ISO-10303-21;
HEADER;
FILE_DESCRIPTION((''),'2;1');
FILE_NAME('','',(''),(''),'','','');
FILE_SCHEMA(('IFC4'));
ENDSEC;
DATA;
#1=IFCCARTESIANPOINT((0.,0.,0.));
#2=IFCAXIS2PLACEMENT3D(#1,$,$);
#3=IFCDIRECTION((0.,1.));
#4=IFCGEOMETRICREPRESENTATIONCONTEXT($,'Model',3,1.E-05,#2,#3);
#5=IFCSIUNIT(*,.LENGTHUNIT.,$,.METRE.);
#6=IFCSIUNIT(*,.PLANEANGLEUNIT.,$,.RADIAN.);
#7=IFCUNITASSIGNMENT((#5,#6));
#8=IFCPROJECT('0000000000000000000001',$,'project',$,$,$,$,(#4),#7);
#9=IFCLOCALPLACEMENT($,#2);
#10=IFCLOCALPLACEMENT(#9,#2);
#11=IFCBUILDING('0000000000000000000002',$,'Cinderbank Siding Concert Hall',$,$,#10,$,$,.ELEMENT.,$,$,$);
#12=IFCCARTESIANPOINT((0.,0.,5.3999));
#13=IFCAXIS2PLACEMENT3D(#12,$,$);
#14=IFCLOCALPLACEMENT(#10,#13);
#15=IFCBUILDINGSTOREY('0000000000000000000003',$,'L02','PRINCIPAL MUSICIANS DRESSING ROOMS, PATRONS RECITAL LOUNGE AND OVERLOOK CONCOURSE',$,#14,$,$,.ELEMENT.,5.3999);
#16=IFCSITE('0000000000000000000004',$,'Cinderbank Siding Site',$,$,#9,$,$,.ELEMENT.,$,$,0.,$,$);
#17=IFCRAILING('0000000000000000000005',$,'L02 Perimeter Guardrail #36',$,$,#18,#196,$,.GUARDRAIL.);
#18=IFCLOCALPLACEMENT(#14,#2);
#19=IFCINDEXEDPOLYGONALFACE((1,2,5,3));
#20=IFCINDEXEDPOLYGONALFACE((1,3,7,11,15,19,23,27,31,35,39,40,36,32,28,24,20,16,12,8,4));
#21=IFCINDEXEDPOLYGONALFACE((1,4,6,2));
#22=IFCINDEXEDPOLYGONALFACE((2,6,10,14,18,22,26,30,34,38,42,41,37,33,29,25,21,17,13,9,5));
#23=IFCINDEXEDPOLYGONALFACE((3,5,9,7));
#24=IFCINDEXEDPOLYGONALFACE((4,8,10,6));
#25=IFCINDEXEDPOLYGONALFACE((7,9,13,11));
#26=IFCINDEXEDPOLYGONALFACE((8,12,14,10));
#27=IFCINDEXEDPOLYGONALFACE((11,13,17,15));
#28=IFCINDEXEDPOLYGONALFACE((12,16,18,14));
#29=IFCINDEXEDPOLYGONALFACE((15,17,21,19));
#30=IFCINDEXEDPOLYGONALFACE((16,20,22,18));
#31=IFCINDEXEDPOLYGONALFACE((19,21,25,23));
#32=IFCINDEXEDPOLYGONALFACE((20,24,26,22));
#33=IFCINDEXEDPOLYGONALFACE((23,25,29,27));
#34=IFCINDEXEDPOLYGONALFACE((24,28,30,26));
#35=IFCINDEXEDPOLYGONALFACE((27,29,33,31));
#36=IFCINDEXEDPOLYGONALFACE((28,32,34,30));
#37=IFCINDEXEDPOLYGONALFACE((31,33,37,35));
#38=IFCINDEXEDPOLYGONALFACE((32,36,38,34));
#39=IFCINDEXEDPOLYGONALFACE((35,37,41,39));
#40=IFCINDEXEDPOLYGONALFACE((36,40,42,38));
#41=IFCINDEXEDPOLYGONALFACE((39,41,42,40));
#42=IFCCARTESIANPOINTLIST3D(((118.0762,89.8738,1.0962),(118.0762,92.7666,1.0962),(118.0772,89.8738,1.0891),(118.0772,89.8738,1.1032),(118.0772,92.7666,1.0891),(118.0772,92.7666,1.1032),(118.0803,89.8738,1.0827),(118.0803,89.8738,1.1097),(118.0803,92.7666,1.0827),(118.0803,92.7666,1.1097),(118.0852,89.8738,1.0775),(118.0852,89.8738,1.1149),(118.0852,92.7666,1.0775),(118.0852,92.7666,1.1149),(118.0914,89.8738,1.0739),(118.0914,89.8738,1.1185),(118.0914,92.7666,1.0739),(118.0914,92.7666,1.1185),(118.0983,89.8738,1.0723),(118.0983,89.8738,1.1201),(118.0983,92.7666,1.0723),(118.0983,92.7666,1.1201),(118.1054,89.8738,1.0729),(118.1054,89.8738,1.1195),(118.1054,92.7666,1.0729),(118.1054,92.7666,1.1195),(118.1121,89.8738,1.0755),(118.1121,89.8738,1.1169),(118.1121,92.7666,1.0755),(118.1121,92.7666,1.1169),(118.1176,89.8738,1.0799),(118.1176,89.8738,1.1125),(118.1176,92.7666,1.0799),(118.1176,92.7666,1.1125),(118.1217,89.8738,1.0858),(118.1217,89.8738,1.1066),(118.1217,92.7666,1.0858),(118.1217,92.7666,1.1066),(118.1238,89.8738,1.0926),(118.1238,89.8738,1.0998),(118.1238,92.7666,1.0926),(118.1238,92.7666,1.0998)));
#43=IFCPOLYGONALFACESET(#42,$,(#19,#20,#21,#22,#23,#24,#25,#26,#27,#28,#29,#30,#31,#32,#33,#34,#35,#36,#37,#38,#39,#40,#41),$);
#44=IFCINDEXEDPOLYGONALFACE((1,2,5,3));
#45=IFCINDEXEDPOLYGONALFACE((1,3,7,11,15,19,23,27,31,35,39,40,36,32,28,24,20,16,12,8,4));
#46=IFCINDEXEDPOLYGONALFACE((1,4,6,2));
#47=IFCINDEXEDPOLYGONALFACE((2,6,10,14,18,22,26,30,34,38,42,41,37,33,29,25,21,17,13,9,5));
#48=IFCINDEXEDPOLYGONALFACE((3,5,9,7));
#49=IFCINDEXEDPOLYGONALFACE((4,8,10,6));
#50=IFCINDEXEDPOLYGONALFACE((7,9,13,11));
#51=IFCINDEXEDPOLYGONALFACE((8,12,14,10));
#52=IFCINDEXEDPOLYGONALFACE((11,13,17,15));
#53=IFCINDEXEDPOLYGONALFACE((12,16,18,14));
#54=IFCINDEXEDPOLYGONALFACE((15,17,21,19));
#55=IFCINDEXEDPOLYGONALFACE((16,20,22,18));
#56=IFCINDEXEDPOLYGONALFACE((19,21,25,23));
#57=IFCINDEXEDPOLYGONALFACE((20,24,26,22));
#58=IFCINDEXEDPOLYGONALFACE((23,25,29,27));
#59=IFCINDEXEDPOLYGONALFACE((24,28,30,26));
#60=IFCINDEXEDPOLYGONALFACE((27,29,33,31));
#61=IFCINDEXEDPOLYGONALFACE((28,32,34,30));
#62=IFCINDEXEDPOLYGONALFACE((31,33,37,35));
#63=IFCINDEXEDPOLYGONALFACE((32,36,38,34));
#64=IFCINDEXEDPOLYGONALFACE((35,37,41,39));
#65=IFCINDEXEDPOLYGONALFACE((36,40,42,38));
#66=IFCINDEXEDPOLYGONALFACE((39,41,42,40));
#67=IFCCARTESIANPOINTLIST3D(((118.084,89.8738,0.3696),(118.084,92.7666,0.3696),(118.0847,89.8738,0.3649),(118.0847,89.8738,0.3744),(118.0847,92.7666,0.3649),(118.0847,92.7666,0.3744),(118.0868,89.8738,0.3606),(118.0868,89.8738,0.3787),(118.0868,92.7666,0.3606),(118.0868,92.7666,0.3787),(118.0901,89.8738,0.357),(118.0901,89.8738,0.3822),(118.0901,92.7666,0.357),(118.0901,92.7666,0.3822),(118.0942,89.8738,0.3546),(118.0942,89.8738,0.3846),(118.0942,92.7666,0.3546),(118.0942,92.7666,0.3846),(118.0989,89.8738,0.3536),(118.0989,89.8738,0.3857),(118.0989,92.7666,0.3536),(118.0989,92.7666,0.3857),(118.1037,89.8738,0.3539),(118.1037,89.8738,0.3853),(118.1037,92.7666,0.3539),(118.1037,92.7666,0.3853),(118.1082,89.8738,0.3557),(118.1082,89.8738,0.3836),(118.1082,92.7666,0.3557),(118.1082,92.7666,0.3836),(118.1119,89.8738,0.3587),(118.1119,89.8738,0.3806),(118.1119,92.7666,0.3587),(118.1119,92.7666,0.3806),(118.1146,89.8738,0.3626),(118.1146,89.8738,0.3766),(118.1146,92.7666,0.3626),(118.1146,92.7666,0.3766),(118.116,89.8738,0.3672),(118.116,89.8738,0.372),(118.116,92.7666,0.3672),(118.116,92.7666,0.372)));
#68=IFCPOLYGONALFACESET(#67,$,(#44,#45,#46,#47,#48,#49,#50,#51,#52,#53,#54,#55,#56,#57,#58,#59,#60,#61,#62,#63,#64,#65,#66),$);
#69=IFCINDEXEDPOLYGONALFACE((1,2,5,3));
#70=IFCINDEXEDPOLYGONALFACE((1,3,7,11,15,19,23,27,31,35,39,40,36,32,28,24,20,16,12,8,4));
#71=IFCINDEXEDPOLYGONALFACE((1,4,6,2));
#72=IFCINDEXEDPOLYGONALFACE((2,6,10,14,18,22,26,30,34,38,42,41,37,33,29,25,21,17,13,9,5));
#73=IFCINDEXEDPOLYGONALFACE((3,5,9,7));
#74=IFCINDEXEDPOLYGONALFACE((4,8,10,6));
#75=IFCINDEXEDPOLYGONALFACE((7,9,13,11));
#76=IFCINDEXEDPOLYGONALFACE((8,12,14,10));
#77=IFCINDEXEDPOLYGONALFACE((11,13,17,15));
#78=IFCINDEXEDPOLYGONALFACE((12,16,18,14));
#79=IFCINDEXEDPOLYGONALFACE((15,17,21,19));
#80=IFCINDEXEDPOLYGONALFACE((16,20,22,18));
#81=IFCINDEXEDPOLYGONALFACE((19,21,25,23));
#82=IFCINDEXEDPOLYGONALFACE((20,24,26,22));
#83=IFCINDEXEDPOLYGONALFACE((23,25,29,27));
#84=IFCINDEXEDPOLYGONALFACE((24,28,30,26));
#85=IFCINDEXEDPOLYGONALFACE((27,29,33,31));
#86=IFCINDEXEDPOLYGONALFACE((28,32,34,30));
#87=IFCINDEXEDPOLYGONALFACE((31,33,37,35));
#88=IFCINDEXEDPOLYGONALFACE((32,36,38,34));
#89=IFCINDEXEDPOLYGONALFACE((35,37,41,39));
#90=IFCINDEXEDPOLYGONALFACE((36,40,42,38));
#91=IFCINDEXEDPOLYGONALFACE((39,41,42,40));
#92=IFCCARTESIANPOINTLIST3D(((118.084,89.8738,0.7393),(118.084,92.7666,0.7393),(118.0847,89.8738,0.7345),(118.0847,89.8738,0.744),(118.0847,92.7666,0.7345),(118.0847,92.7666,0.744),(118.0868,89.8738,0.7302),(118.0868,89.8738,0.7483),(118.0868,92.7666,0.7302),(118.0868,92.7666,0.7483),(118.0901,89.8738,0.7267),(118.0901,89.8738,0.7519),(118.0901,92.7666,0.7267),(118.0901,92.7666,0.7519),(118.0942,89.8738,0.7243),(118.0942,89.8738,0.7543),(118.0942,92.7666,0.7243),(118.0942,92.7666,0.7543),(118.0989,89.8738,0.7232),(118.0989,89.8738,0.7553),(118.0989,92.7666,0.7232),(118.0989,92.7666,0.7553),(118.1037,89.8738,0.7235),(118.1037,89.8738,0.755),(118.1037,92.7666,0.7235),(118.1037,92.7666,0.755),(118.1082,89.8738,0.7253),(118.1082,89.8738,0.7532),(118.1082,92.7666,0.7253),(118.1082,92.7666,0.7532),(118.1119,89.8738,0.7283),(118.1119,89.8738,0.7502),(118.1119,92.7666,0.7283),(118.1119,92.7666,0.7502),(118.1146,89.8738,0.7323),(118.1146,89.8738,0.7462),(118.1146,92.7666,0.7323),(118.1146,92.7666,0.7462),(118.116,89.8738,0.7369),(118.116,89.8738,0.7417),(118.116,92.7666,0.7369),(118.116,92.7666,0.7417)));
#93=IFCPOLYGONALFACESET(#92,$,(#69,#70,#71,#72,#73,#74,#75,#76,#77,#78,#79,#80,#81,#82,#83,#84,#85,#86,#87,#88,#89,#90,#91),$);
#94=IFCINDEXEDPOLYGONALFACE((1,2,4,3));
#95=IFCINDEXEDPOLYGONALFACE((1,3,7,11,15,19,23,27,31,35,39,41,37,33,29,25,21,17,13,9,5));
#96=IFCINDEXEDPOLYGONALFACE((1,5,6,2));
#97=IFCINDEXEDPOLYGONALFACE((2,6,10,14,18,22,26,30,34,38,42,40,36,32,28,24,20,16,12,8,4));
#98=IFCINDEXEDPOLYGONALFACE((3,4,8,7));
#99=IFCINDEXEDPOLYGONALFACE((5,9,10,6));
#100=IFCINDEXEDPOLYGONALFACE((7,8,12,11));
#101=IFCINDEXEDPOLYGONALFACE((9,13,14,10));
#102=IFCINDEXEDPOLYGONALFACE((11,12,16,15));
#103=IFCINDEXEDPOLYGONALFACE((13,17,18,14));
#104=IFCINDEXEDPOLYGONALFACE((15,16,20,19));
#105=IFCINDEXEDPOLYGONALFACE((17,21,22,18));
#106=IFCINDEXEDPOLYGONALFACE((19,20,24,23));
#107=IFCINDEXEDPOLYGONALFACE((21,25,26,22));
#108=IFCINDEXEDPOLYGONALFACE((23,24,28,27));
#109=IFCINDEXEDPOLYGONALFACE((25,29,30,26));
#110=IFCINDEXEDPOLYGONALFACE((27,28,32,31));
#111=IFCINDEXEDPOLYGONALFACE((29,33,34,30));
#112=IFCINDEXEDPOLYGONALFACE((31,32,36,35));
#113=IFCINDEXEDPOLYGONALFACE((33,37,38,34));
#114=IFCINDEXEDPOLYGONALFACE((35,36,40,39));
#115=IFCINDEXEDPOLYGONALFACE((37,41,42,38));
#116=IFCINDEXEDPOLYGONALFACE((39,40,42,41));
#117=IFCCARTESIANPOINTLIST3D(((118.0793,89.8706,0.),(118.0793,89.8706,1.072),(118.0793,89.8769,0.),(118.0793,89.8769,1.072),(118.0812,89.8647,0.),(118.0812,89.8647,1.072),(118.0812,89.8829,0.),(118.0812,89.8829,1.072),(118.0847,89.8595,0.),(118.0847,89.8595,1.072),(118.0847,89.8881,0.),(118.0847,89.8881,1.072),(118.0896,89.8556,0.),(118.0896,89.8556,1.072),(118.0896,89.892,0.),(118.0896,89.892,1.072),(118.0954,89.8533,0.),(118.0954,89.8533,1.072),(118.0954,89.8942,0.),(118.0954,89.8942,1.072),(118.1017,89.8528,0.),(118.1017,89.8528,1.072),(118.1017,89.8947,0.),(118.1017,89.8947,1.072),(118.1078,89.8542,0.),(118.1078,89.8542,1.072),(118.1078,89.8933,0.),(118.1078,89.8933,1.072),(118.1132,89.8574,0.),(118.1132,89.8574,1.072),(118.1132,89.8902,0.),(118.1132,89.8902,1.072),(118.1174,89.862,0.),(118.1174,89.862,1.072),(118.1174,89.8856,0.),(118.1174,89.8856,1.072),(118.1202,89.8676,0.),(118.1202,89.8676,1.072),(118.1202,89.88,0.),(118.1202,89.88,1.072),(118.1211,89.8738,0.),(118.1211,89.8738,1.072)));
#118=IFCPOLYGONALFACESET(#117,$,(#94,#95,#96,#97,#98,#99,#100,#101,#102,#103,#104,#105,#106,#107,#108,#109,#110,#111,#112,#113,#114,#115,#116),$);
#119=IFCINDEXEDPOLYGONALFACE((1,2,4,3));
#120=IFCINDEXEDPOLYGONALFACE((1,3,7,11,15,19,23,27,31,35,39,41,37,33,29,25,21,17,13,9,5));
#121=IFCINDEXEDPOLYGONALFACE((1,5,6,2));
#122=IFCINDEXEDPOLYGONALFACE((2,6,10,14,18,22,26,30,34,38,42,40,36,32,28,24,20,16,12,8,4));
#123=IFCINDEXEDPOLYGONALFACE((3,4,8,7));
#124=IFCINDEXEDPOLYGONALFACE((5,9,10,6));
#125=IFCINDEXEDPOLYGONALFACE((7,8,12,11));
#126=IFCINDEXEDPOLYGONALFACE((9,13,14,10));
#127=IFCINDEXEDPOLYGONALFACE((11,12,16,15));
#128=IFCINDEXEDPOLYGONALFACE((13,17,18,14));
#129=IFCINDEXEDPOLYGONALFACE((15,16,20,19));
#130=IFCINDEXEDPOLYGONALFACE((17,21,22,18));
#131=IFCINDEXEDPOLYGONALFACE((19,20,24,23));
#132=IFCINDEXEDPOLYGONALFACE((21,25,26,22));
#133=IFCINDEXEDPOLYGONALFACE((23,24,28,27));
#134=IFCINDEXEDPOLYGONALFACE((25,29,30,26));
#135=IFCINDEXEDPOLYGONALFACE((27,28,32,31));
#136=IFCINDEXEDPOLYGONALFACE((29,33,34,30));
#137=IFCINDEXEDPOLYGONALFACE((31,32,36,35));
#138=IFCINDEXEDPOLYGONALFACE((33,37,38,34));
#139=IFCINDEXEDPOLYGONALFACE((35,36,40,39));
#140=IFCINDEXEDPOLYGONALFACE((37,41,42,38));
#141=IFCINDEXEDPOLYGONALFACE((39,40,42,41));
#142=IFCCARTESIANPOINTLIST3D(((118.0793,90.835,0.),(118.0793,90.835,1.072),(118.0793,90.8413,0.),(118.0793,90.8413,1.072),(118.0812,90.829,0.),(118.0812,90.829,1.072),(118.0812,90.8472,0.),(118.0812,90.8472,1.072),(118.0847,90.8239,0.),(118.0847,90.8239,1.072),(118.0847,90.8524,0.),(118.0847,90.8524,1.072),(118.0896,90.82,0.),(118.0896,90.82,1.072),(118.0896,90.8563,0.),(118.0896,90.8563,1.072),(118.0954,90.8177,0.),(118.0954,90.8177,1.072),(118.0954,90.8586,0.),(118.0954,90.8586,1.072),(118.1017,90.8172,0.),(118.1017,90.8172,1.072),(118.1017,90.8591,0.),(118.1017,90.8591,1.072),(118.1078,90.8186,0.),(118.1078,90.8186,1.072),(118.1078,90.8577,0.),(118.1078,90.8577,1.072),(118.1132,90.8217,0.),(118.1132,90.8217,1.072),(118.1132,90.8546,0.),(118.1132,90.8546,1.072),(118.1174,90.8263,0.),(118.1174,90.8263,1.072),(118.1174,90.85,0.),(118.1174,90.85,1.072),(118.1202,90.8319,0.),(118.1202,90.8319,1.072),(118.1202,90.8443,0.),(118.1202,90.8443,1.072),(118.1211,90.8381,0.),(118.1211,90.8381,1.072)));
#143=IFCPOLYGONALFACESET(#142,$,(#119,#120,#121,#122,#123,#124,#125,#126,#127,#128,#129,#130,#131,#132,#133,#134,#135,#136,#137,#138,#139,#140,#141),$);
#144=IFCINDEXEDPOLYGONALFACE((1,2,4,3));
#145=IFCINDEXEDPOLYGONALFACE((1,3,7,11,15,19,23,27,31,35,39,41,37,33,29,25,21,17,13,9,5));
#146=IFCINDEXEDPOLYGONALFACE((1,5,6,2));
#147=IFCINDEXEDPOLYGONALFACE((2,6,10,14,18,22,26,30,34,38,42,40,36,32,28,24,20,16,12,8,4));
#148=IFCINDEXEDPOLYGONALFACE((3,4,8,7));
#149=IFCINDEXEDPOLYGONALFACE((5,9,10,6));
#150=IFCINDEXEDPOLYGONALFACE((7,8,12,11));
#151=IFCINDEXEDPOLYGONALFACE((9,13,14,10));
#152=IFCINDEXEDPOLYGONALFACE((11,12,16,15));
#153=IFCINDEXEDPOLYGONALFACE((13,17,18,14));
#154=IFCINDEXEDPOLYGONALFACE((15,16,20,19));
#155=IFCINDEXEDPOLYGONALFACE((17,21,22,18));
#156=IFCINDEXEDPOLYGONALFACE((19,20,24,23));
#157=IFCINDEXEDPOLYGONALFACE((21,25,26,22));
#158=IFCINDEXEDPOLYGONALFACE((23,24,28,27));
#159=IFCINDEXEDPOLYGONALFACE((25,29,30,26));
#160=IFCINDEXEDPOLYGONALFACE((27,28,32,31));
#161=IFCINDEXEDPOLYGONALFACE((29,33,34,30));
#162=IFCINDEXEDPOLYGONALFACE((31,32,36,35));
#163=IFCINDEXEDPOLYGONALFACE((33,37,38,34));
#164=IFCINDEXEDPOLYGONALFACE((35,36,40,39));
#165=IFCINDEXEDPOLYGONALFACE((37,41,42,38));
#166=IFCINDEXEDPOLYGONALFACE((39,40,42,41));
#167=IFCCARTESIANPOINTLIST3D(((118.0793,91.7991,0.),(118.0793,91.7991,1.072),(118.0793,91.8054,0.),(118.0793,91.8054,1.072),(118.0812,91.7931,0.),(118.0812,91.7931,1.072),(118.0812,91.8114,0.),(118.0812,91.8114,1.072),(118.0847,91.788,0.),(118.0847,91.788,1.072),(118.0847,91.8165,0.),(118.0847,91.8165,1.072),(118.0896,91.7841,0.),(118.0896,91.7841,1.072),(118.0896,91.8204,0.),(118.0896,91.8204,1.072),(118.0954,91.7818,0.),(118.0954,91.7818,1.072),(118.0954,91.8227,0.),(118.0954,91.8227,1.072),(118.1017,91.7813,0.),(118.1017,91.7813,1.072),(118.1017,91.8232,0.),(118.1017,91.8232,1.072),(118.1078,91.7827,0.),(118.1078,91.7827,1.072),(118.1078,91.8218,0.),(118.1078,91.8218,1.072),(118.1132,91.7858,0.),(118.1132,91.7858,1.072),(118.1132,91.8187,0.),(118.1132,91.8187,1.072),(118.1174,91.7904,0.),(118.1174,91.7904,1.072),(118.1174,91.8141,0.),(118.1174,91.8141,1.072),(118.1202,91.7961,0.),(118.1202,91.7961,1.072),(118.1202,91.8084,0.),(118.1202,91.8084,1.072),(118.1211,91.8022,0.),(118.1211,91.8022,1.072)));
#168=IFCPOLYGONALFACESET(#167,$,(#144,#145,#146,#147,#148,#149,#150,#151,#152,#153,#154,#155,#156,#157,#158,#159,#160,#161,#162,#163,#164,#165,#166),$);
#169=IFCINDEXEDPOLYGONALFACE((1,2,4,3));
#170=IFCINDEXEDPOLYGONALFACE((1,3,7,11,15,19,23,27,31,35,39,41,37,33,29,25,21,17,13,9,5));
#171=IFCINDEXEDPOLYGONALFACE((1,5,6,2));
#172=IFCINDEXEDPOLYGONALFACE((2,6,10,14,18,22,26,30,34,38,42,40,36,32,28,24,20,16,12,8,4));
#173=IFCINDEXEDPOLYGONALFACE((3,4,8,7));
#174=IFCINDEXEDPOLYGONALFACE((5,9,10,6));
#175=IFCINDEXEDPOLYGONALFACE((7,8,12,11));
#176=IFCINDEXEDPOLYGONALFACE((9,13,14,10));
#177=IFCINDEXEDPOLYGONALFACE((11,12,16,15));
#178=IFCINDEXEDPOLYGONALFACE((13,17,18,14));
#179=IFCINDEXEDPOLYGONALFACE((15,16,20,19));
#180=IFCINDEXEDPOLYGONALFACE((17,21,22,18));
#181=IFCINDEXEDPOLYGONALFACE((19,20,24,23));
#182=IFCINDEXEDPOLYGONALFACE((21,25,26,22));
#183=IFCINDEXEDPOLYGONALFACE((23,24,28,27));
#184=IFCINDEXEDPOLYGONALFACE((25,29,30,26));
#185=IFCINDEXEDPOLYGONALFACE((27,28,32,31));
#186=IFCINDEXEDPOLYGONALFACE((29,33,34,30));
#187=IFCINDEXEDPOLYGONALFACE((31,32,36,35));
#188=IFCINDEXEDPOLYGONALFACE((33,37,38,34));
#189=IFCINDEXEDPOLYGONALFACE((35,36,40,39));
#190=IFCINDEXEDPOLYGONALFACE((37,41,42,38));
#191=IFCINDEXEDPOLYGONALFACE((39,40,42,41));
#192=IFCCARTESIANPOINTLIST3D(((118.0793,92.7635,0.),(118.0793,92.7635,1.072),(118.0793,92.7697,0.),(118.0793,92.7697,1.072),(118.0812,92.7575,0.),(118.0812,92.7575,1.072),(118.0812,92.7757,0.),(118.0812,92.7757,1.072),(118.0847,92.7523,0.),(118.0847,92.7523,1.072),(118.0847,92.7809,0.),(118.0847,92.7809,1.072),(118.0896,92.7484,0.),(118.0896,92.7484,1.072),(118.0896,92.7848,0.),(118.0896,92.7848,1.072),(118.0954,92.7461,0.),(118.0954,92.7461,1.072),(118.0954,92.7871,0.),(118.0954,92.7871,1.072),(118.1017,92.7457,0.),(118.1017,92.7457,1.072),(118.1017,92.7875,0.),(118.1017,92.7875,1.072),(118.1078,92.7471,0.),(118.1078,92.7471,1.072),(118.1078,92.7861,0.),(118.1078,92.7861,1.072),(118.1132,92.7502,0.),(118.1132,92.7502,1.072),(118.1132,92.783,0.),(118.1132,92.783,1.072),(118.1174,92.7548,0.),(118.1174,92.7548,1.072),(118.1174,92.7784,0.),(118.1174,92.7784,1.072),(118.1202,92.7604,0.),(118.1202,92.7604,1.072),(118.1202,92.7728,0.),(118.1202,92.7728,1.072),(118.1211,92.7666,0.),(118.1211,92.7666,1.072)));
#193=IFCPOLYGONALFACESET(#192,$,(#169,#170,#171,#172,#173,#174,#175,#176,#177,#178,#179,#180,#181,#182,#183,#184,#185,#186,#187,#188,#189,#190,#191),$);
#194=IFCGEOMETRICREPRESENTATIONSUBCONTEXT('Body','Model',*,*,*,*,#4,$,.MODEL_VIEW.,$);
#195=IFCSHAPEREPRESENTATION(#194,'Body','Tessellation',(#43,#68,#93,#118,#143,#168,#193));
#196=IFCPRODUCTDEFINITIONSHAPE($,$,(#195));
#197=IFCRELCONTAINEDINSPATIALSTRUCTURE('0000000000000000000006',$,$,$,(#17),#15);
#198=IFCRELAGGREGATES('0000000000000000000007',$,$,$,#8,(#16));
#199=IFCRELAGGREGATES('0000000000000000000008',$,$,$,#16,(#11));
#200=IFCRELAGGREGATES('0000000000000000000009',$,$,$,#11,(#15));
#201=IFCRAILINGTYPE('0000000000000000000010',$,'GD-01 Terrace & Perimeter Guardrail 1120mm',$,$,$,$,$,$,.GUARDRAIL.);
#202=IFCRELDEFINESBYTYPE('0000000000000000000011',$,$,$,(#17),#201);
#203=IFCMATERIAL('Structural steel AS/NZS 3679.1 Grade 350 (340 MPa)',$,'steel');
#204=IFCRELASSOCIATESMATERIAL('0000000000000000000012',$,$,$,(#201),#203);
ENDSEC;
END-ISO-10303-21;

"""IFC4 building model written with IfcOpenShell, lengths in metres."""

from ifc_helpers import new_model, si_unit, direction, frame, origin, origin_2d, place, context, subcontext, project, spatial, circle, extrude, material, type_object, element, save


model = new_model("IFC4")

# Units and contexts
model_context = context("Model", 3, precision=1e-05, world=origin(), true_north=direction((0.0, 1.0)))
body_context = subcontext(model_context, "Body", "Model", "MODEL_VIEW")
ifc_project = project(units=[si_unit("LENGTHUNIT", "METRE"), si_unit("PLANEANGLEUNIT", "RADIAN")], contexts=[model_context])

# Site, building, storey
site_placement = place(None, origin())
site = spatial("IfcSite", under=ifc_project, at=site_placement, Name="Cinderbank Siding Site", CompositionType="ELEMENT", RefElevation=0.0)
building_placement = place(site_placement, origin())
building = spatial("IfcBuilding", under=site, at=building_placement, Name="Cinderbank Siding Concert Hall", CompositionType="ELEMENT")
storey_placement = place(building_placement, frame((0.0, 0.0, 5.3999)))
storey = spatial("IfcBuildingStorey", under=building, at=storey_placement, Name="L02", Description="PRINCIPAL MUSICIANS DRESSING ROOMS, PATRONS RECITAL LOUNGE AND OVERLOOK CONCOURSE", CompositionType="ELEMENT", Elevation=5.3999)

# Shared definitions
ifc_material_1 = material(Name="Structural steel AS/NZS 3679.1 Grade 350 (340 MPa)", Category="steel")

# Railing
railing_type = type_object("IfcRailingType", Name="GD-01 Terrace & Perimeter Guardrail 1120mm", PredefinedType="GUARDRAIL", material=ifc_material_1)
railing_1_placement = place(storey_placement, frame((118.1001, 89.8738, 0.0)))
element("IfcRailing", 1, at=railing_1_placement, inside=storey, type_object=railing_type, Name="L02 Perimeter Guardrail #36", PredefinedType="GUARDRAIL", context=body_context, shape_type="SweptSolid", body=[
    extrude(circle(Radius=0.0239, at=origin_2d()), frame((0.0, 0.0, 1.0962), z_axis=(0.0, 1.0, 0.0), x_axis=(-1.0, 0.0, 0.0)), (0.0, 0.0, 1.0), 2.8928),
    extrude(circle(Radius=0.0161, at=origin_2d()), frame((0.0, 0.0, 0.3696), z_axis=(0.0, 1.0, 0.0), x_axis=(-1.0, 0.0, 0.0)), (0.0, 0.0, 1.0), 2.8928),
    extrude(circle(Radius=0.0161, at=origin_2d()), frame((0.0, 0.0, 0.7393), z_axis=(0.0, 1.0, 0.0), x_axis=(-1.0, 0.0, 0.0)), (0.0, 0.0, 1.0), 2.8928),
    extrude(circle(Radius=0.021, at=origin_2d()), origin(), (0.0, 0.0, 1.0), 1.072),
    extrude(circle(Radius=0.021, at=origin_2d()), frame((0.0, 0.9644, 0.0)), (0.0, 0.0, 1.0), 1.072),
    extrude(circle(Radius=0.021, at=origin_2d()), frame((0.0, 1.9285, 0.0)), (0.0, 0.0, 1.0), 1.072),
    extrude(circle(Radius=0.021, at=origin_2d()), frame((0.0, 2.8928, 0.0)), (0.0, 0.0, 1.0), 1.072),
])

save(model, "model.ifc")
